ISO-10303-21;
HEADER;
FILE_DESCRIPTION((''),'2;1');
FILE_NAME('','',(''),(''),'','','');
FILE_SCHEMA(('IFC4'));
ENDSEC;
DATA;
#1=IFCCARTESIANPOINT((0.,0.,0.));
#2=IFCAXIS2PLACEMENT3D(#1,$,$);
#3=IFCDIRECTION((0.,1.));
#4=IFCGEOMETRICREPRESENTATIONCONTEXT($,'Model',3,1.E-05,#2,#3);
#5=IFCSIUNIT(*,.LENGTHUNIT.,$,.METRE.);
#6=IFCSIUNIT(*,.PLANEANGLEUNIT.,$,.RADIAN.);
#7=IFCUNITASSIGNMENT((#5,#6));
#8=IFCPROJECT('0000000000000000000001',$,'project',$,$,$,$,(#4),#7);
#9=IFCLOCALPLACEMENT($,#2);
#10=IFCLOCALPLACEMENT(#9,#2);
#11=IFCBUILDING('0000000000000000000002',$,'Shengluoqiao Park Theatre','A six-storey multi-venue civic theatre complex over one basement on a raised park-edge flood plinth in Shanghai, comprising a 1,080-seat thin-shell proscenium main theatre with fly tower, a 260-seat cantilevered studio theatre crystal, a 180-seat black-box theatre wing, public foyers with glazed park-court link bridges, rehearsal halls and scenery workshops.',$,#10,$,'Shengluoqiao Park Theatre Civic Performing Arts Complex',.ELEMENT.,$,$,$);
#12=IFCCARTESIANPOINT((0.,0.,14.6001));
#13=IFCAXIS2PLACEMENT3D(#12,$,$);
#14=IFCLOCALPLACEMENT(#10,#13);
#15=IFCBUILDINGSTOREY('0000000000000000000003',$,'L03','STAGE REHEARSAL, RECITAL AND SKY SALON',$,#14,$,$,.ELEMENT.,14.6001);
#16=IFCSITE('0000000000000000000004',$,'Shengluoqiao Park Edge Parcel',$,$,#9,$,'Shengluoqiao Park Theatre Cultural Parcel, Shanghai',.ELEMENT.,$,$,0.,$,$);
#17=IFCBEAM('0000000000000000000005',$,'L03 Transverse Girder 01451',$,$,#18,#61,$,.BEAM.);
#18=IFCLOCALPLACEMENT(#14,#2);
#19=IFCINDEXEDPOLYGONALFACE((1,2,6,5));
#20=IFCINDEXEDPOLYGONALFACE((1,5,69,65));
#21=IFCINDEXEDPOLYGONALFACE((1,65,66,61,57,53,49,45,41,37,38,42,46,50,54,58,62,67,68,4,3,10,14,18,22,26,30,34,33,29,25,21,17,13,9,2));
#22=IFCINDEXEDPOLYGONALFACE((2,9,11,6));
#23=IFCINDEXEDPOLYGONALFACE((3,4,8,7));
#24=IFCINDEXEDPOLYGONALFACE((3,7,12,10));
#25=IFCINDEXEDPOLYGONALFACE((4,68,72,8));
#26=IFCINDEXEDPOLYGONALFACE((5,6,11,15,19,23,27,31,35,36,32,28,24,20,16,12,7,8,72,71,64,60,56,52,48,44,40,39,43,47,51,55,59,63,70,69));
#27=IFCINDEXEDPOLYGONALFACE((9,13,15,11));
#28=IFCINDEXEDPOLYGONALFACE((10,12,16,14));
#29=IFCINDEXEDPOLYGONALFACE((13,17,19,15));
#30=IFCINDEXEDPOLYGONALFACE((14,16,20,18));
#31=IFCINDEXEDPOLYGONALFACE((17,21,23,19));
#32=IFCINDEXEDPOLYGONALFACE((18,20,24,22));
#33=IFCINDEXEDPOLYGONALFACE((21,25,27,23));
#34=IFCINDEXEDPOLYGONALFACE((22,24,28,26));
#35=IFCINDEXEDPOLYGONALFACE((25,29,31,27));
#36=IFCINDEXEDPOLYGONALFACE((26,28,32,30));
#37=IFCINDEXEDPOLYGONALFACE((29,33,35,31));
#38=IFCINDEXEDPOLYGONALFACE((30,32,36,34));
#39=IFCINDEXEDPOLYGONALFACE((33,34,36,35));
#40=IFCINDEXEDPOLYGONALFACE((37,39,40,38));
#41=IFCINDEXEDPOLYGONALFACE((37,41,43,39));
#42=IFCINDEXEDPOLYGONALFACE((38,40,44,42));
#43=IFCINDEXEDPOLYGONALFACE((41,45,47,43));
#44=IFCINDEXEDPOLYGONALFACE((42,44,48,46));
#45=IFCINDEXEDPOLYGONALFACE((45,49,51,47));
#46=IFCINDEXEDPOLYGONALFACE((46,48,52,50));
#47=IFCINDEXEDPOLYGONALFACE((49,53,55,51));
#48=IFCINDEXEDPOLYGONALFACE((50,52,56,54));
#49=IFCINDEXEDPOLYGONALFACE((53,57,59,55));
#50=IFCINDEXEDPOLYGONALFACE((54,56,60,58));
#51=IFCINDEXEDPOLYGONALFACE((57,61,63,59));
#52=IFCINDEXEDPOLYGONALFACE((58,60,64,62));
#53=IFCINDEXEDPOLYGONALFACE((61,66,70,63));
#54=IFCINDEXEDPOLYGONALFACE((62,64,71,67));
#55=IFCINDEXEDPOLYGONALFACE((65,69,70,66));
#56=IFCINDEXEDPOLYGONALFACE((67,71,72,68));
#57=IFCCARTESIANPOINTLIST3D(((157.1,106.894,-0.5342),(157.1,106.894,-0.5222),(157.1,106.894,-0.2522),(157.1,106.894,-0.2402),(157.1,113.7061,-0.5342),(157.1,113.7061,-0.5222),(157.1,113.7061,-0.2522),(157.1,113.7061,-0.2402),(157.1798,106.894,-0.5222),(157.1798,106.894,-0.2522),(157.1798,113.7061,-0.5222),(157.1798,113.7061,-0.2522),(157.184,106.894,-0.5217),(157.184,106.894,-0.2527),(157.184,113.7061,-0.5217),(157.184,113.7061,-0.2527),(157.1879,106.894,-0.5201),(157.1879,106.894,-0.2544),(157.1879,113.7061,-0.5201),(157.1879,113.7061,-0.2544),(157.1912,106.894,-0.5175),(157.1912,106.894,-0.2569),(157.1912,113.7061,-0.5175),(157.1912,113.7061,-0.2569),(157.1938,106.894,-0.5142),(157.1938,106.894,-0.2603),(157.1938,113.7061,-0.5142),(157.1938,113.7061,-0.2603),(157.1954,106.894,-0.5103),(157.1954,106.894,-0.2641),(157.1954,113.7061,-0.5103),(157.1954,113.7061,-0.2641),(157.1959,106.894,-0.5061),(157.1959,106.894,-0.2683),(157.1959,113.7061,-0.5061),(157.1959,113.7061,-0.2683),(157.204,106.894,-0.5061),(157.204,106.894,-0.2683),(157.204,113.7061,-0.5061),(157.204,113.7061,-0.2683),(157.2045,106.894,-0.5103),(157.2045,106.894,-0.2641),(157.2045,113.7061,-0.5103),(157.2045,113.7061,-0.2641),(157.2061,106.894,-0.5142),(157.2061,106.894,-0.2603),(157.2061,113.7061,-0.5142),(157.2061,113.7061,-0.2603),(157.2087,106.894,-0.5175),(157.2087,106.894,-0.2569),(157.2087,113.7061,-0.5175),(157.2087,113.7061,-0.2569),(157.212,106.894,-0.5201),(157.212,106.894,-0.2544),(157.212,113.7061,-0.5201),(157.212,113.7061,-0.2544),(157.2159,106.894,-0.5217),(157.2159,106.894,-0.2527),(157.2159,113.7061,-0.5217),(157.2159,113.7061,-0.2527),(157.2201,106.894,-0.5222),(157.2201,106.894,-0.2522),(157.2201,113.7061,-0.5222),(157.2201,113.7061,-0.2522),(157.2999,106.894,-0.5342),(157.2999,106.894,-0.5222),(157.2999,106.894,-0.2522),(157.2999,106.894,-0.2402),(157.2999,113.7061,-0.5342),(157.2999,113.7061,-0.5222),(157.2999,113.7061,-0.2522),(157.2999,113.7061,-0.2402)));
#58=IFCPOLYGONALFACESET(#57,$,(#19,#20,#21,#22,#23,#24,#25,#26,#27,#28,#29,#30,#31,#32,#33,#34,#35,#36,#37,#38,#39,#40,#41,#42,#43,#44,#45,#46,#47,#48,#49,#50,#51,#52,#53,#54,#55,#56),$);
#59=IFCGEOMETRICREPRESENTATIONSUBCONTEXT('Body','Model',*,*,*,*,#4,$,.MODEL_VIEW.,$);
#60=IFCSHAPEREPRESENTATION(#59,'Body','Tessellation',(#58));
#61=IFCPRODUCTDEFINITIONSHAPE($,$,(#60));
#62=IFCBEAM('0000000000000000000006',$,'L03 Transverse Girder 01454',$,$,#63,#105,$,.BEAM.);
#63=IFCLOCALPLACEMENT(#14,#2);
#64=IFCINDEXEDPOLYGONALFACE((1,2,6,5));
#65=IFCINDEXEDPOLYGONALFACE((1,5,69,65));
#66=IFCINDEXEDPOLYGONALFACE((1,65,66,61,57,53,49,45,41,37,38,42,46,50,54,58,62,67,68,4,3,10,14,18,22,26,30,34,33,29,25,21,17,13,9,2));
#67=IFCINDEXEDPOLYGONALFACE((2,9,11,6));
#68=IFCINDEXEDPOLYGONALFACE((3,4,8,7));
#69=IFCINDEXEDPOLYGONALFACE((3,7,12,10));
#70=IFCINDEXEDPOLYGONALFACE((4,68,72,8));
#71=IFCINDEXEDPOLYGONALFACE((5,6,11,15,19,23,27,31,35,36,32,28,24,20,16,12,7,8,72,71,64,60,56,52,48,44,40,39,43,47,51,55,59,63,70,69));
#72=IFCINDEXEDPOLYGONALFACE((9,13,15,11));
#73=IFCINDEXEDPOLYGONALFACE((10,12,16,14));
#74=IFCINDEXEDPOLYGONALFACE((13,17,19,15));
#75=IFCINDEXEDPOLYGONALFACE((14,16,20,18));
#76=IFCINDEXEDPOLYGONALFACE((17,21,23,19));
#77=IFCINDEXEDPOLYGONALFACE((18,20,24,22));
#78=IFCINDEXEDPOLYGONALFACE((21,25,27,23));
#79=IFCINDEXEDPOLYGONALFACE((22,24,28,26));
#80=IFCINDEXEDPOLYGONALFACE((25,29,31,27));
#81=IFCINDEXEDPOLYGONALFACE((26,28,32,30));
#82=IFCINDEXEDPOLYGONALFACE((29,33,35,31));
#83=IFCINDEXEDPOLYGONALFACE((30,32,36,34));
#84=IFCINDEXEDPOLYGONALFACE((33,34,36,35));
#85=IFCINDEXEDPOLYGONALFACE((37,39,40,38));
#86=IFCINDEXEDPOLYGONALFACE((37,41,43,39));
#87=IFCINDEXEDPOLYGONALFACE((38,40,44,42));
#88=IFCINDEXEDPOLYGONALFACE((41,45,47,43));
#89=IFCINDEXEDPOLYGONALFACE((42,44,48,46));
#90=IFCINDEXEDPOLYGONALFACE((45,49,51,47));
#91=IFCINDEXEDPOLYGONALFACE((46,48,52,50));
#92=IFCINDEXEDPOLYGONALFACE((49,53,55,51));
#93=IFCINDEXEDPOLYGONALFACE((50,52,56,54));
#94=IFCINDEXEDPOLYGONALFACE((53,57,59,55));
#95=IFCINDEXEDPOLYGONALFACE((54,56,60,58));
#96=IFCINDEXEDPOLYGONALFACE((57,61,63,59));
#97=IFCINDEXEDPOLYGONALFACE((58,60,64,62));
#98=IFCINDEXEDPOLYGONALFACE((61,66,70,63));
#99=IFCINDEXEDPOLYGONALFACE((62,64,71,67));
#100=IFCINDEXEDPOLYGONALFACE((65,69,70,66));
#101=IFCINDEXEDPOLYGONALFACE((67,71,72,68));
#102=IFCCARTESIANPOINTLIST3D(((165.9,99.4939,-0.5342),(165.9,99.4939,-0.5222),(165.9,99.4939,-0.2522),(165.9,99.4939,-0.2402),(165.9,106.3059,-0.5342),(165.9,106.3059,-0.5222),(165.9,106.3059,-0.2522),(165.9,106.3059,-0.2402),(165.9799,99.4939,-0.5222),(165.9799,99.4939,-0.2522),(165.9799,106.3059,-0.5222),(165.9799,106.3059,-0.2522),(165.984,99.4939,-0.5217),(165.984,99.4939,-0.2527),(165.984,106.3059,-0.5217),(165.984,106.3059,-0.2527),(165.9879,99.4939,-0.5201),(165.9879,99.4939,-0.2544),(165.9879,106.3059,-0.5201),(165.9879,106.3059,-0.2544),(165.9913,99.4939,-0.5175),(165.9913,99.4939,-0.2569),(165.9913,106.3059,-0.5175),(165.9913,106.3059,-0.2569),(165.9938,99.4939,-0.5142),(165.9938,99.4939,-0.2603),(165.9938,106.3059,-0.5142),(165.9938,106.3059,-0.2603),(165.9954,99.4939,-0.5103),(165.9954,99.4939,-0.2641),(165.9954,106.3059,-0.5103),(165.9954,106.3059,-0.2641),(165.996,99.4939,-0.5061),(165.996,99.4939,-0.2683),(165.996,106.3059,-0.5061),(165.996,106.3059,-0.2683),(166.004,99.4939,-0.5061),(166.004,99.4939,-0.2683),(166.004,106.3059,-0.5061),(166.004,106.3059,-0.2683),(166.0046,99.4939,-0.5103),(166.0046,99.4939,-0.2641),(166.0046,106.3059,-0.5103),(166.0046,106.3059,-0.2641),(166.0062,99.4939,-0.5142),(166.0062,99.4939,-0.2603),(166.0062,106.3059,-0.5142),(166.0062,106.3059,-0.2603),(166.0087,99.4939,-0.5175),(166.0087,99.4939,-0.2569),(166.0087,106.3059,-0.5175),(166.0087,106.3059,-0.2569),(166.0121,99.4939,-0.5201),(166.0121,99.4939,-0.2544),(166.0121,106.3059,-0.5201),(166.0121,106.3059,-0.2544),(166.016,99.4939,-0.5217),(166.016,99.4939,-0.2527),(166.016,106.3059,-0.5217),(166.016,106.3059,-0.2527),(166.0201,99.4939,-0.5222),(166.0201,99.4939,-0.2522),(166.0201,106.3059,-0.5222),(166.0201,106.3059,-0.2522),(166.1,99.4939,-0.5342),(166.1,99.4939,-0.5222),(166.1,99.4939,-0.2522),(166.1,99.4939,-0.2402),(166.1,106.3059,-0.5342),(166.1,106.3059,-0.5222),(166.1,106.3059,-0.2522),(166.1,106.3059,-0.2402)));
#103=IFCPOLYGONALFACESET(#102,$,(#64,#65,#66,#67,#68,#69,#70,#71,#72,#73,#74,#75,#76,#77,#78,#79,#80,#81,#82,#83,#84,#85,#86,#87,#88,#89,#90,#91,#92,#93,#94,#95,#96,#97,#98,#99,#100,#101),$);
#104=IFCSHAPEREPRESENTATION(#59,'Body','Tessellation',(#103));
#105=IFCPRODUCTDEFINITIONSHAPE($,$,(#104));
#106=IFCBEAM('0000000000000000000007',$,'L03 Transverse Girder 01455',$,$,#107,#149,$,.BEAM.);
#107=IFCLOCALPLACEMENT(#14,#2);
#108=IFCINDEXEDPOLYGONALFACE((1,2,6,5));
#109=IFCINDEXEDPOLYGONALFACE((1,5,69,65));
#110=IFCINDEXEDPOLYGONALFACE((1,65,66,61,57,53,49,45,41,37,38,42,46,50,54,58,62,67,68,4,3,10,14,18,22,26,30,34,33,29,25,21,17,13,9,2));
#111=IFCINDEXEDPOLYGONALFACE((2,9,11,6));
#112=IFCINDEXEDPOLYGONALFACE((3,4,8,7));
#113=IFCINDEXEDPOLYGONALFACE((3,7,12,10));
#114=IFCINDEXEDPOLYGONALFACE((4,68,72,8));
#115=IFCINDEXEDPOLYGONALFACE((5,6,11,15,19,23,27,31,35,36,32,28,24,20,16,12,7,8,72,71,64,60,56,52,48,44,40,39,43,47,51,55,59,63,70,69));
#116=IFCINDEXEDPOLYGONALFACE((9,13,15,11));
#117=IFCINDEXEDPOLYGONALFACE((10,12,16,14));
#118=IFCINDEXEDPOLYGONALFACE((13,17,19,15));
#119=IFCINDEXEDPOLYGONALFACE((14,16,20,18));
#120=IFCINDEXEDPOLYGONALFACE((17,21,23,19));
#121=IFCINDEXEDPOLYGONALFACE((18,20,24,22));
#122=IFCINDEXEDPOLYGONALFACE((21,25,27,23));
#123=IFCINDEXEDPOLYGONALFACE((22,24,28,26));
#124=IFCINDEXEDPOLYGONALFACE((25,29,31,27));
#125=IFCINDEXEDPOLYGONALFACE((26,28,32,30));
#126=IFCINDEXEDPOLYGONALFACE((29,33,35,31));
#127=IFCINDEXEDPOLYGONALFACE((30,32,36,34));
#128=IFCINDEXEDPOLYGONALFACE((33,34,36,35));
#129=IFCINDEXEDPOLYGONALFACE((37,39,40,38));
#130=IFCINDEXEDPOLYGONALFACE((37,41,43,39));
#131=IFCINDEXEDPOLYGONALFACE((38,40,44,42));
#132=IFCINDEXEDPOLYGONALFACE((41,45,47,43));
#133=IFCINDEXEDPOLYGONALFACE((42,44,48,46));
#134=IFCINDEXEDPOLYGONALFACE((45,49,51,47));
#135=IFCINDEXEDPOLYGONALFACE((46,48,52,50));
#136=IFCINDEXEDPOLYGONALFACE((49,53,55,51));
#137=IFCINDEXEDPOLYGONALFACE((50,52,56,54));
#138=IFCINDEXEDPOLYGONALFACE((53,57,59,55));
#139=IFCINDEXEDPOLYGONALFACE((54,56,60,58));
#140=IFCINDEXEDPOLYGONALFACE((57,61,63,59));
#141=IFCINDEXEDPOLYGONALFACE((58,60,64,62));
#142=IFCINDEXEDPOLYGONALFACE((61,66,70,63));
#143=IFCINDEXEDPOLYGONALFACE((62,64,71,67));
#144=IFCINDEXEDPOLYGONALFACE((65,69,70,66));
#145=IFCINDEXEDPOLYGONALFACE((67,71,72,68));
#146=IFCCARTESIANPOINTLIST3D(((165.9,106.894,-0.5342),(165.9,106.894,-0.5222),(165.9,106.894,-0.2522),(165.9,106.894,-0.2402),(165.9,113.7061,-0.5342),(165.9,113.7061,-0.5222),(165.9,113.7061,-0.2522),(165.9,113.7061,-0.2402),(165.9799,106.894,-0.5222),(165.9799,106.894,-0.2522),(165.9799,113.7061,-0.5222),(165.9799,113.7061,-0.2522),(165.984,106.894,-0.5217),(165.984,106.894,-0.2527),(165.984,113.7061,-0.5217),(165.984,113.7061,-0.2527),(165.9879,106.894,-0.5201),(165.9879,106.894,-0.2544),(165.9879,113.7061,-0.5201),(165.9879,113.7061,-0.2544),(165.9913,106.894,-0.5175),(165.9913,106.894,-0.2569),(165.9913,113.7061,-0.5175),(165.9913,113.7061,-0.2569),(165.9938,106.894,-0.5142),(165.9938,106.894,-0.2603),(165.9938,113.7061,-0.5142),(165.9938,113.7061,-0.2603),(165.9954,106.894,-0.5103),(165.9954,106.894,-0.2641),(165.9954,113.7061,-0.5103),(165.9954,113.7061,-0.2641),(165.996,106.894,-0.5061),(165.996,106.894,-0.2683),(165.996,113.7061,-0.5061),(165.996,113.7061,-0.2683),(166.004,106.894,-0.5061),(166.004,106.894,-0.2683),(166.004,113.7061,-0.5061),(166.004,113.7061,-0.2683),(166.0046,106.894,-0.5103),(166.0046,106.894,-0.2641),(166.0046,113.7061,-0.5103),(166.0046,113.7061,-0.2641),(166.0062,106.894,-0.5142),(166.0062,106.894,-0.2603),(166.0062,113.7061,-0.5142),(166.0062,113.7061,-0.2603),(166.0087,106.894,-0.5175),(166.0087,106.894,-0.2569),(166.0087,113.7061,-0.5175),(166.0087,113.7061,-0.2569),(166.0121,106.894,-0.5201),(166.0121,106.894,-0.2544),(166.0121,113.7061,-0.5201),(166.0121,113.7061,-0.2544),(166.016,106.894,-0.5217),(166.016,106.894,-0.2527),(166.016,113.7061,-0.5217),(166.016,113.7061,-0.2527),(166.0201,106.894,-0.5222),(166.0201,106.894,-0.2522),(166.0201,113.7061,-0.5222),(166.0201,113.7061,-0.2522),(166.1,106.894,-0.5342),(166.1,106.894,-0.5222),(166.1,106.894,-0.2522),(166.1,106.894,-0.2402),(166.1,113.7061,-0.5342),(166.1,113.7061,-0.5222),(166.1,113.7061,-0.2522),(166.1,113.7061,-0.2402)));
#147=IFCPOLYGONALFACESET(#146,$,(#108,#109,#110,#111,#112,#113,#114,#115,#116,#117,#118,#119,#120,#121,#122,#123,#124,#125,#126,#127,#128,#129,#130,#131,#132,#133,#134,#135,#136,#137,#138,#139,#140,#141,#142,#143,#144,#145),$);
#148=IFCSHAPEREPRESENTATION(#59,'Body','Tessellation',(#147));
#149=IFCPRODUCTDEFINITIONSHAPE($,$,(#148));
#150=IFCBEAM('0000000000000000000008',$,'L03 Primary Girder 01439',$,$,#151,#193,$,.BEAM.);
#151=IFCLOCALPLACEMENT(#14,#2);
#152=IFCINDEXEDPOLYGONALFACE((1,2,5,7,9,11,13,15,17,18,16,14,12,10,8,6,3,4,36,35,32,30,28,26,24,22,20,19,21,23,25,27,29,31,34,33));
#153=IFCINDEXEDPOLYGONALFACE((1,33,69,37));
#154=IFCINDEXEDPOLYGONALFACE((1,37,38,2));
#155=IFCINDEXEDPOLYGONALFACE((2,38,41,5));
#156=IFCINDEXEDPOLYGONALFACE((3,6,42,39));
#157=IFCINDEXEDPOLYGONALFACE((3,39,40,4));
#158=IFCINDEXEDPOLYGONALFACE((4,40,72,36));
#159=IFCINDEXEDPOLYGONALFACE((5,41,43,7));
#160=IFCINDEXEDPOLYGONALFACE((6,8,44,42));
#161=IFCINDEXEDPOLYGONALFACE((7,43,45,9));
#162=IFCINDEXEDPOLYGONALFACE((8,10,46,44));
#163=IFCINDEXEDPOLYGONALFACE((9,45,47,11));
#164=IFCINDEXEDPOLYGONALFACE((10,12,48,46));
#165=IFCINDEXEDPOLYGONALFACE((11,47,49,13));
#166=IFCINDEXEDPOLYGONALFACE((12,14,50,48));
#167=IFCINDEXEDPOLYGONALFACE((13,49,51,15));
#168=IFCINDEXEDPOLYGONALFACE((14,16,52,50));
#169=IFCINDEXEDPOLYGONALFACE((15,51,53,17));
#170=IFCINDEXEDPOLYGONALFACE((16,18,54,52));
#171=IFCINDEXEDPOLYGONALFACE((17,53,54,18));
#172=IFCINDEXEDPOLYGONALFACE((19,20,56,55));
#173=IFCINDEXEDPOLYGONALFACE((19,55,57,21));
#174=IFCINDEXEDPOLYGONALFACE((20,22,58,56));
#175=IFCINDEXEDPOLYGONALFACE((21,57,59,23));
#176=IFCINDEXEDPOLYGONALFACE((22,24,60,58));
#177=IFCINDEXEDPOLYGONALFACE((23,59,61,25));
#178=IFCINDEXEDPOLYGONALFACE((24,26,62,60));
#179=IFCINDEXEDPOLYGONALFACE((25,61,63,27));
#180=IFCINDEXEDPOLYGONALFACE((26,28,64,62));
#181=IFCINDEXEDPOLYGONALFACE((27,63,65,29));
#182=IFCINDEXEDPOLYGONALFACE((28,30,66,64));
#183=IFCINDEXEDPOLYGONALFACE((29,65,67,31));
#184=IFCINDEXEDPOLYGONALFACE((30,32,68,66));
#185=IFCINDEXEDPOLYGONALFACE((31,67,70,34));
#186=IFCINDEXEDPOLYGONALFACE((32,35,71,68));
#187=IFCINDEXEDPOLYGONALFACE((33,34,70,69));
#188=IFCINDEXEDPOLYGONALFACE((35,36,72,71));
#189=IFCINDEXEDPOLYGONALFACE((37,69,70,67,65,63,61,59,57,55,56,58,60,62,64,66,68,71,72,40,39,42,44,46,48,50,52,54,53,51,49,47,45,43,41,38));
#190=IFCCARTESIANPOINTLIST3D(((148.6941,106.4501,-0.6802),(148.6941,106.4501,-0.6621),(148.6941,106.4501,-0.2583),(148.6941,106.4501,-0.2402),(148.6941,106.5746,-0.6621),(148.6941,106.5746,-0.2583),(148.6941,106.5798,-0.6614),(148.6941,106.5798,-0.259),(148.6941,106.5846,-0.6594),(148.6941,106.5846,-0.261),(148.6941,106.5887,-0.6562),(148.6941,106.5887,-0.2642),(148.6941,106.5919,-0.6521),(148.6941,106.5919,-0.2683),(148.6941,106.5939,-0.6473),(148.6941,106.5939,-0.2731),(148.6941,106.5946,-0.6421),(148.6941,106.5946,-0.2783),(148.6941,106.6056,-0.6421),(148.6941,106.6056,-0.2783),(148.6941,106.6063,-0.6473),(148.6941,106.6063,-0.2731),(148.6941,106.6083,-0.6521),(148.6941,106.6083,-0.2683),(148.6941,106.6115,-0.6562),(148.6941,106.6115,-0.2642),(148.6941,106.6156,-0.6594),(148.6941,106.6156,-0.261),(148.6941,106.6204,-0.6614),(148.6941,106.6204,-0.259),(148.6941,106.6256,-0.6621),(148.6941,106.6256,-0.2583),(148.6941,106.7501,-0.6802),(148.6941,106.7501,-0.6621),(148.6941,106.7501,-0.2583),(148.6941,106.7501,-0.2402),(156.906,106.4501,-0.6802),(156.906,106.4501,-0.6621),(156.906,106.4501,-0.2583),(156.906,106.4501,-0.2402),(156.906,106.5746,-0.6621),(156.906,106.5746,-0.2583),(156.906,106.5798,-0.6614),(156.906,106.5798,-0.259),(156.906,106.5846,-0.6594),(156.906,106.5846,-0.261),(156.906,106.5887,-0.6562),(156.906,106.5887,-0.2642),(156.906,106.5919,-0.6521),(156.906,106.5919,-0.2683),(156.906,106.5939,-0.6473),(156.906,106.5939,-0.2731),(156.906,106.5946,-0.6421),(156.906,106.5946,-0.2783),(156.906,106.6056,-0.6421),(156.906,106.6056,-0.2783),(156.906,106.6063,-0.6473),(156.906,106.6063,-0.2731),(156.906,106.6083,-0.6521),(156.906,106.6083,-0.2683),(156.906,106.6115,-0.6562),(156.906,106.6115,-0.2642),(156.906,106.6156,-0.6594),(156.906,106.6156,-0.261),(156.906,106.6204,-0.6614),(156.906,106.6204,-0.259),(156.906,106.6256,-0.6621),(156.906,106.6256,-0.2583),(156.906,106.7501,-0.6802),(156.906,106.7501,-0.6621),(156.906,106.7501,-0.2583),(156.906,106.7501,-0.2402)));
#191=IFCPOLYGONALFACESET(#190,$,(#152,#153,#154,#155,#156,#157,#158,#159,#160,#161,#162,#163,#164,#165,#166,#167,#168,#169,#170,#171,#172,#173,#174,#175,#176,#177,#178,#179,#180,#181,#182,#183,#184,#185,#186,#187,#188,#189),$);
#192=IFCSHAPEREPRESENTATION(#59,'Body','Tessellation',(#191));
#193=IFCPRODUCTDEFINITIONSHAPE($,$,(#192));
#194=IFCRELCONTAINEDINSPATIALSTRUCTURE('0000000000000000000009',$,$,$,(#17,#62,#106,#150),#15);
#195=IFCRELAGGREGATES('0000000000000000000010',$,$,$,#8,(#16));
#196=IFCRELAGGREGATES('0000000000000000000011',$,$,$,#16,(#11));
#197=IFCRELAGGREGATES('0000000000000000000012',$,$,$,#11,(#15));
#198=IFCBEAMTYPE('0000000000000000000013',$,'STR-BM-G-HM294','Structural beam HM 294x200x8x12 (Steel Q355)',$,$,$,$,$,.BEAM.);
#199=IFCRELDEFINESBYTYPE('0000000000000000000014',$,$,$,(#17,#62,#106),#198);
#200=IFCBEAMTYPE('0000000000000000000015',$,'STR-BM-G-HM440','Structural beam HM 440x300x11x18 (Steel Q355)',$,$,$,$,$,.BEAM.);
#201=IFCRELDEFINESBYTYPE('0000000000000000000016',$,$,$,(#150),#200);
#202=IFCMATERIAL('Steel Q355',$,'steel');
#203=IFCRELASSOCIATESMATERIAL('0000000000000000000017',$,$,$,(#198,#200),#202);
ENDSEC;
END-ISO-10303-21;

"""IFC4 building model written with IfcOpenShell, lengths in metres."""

from ifc_helpers import new_model, si_unit, direction, frame, origin, origin_2d, place, context, subcontext, project, spatial, i_section, extrude, material, material_profile, profile_set, type_object, element, save


model = new_model("IFC4")

# Units and contexts
model_context = context("Model", 3, precision=1e-05, world=origin(), true_north=direction((0.0, 1.0)))
body_context = subcontext(model_context, "Body", "Model", "MODEL_VIEW")
ifc_project = project(units=[si_unit("LENGTHUNIT", "METRE"), si_unit("PLANEANGLEUNIT", "RADIAN")], contexts=[model_context])

# Site, building, storey
site_placement = place(None, origin())
site = spatial("IfcSite", under=ifc_project, at=site_placement, Name="Shengluoqiao Park Edge Parcel", LongName="Shengluoqiao Park Theatre Cultural Parcel, Shanghai", CompositionType="ELEMENT", RefElevation=0.0)
building_placement = place(site_placement, origin())
building = spatial("IfcBuilding", under=site, at=building_placement, Name="Shengluoqiao Park Theatre", Description="A six-storey multi-venue civic theatre complex over one basement on a raised park-edge flood plinth in Shanghai, comprising a 1,080-seat thin-shell proscenium main theatre with fly tower, a 260-seat cantilevered studio theatre crystal, a 180-seat black-box theatre wing, public foyers with glazed park-court link bridges, rehearsal halls and scenery workshops.", LongName="Shengluoqiao Park Theatre Civic Performing Arts Complex", CompositionType="ELEMENT")
storey_placement = place(building_placement, frame((0.0, 0.0, 14.6001)))
storey = spatial("IfcBuildingStorey", under=building, at=storey_placement, Name="L03", Description="STAGE REHEARSAL, RECITAL AND SKY SALON", CompositionType="ELEMENT", Elevation=14.6001)

# Beams
ifc_material_1 = material(Name="Steel Q355", Category="steel")
ifc_material_profile_1 = material_profile(ifc_material_1, i_section(OverallWidth=0.2, OverallDepth=0.2939, WebThickness=0.0081, FlangeThickness=0.012, FilletRadius=0.0161, at=origin_2d()), Name="HM 294x200x8x12")
ifc_profile_set_1 = profile_set([ifc_material_profile_1], Name="Steel Q355")
beam_type_1 = type_object("IfcBeamType", Name="STR-BM-G-HM294", Description="Structural beam HM 294x200x8x12 (Steel Q355)", PredefinedType="BEAM", material=ifc_profile_set_1)
for number, where, z_axis, x_axis, name in (
    (1, (157.2, 106.894, -0.3872), (0.0, 1.0, 0.0), (-1.0, 0.0, 0.0), "L03 Transverse Girder 01451"),
    (2, (166.0, 99.4939, -0.3872), (0.0, 1.0, 0.0), (-1.0, 0.0, 0.0), "L03 Transverse Girder 01454"),
    (3, (166.0, 106.894, -0.3872), (0.0, 1.0, 0.0), (-1.0, 0.0, 0.0), "L03 Transverse Girder 01455"),
):
    element("IfcBeam", number, at=place(storey_placement, frame(where, z_axis=z_axis, x_axis=x_axis)), inside=storey, type_object=beam_type_1, Name=name, PredefinedType="BEAM", context=body_context, shape_type="SweptSolid", body=[
        extrude(i_section(OverallWidth=0.2, OverallDepth=0.2939, WebThickness=0.0081, FlangeThickness=0.012, FilletRadius=0.0161, at=origin_2d()), origin(), (0.0, 0.0, 1.0), 6.812),
    ])
ifc_material_profile_2 = material_profile(ifc_material_1, i_section(OverallWidth=0.3, OverallDepth=0.4399, WebThickness=0.011, FlangeThickness=0.0181, FilletRadius=0.02, at=origin_2d()), Name="HM 440x300x11x18")
ifc_profile_set_2 = profile_set([ifc_material_profile_2], Name="Steel Q355")
beam_type_2 = type_object("IfcBeamType", Name="STR-BM-G-HM440", Description="Structural beam HM 440x300x11x18 (Steel Q355)", PredefinedType="BEAM", material=ifc_profile_set_2)
beam_1_placement = place(storey_placement, frame((148.6941, 106.6001, -0.4602), z_axis=(1.0, 0.0, 0.0), x_axis=(0.0, 1.0, 0.0)))
element("IfcBeam", 4, at=beam_1_placement, inside=storey, type_object=beam_type_2, Name="L03 Primary Girder 01439", PredefinedType="BEAM", context=body_context, shape_type="SweptSolid", body=[
    extrude(i_section(OverallWidth=0.3, OverallDepth=0.4399, WebThickness=0.011, FlangeThickness=0.0181, FilletRadius=0.02, at=origin_2d()), origin(), (0.0, 0.0, 1.0), 8.2119),
])

save(model, "model.ifc")
